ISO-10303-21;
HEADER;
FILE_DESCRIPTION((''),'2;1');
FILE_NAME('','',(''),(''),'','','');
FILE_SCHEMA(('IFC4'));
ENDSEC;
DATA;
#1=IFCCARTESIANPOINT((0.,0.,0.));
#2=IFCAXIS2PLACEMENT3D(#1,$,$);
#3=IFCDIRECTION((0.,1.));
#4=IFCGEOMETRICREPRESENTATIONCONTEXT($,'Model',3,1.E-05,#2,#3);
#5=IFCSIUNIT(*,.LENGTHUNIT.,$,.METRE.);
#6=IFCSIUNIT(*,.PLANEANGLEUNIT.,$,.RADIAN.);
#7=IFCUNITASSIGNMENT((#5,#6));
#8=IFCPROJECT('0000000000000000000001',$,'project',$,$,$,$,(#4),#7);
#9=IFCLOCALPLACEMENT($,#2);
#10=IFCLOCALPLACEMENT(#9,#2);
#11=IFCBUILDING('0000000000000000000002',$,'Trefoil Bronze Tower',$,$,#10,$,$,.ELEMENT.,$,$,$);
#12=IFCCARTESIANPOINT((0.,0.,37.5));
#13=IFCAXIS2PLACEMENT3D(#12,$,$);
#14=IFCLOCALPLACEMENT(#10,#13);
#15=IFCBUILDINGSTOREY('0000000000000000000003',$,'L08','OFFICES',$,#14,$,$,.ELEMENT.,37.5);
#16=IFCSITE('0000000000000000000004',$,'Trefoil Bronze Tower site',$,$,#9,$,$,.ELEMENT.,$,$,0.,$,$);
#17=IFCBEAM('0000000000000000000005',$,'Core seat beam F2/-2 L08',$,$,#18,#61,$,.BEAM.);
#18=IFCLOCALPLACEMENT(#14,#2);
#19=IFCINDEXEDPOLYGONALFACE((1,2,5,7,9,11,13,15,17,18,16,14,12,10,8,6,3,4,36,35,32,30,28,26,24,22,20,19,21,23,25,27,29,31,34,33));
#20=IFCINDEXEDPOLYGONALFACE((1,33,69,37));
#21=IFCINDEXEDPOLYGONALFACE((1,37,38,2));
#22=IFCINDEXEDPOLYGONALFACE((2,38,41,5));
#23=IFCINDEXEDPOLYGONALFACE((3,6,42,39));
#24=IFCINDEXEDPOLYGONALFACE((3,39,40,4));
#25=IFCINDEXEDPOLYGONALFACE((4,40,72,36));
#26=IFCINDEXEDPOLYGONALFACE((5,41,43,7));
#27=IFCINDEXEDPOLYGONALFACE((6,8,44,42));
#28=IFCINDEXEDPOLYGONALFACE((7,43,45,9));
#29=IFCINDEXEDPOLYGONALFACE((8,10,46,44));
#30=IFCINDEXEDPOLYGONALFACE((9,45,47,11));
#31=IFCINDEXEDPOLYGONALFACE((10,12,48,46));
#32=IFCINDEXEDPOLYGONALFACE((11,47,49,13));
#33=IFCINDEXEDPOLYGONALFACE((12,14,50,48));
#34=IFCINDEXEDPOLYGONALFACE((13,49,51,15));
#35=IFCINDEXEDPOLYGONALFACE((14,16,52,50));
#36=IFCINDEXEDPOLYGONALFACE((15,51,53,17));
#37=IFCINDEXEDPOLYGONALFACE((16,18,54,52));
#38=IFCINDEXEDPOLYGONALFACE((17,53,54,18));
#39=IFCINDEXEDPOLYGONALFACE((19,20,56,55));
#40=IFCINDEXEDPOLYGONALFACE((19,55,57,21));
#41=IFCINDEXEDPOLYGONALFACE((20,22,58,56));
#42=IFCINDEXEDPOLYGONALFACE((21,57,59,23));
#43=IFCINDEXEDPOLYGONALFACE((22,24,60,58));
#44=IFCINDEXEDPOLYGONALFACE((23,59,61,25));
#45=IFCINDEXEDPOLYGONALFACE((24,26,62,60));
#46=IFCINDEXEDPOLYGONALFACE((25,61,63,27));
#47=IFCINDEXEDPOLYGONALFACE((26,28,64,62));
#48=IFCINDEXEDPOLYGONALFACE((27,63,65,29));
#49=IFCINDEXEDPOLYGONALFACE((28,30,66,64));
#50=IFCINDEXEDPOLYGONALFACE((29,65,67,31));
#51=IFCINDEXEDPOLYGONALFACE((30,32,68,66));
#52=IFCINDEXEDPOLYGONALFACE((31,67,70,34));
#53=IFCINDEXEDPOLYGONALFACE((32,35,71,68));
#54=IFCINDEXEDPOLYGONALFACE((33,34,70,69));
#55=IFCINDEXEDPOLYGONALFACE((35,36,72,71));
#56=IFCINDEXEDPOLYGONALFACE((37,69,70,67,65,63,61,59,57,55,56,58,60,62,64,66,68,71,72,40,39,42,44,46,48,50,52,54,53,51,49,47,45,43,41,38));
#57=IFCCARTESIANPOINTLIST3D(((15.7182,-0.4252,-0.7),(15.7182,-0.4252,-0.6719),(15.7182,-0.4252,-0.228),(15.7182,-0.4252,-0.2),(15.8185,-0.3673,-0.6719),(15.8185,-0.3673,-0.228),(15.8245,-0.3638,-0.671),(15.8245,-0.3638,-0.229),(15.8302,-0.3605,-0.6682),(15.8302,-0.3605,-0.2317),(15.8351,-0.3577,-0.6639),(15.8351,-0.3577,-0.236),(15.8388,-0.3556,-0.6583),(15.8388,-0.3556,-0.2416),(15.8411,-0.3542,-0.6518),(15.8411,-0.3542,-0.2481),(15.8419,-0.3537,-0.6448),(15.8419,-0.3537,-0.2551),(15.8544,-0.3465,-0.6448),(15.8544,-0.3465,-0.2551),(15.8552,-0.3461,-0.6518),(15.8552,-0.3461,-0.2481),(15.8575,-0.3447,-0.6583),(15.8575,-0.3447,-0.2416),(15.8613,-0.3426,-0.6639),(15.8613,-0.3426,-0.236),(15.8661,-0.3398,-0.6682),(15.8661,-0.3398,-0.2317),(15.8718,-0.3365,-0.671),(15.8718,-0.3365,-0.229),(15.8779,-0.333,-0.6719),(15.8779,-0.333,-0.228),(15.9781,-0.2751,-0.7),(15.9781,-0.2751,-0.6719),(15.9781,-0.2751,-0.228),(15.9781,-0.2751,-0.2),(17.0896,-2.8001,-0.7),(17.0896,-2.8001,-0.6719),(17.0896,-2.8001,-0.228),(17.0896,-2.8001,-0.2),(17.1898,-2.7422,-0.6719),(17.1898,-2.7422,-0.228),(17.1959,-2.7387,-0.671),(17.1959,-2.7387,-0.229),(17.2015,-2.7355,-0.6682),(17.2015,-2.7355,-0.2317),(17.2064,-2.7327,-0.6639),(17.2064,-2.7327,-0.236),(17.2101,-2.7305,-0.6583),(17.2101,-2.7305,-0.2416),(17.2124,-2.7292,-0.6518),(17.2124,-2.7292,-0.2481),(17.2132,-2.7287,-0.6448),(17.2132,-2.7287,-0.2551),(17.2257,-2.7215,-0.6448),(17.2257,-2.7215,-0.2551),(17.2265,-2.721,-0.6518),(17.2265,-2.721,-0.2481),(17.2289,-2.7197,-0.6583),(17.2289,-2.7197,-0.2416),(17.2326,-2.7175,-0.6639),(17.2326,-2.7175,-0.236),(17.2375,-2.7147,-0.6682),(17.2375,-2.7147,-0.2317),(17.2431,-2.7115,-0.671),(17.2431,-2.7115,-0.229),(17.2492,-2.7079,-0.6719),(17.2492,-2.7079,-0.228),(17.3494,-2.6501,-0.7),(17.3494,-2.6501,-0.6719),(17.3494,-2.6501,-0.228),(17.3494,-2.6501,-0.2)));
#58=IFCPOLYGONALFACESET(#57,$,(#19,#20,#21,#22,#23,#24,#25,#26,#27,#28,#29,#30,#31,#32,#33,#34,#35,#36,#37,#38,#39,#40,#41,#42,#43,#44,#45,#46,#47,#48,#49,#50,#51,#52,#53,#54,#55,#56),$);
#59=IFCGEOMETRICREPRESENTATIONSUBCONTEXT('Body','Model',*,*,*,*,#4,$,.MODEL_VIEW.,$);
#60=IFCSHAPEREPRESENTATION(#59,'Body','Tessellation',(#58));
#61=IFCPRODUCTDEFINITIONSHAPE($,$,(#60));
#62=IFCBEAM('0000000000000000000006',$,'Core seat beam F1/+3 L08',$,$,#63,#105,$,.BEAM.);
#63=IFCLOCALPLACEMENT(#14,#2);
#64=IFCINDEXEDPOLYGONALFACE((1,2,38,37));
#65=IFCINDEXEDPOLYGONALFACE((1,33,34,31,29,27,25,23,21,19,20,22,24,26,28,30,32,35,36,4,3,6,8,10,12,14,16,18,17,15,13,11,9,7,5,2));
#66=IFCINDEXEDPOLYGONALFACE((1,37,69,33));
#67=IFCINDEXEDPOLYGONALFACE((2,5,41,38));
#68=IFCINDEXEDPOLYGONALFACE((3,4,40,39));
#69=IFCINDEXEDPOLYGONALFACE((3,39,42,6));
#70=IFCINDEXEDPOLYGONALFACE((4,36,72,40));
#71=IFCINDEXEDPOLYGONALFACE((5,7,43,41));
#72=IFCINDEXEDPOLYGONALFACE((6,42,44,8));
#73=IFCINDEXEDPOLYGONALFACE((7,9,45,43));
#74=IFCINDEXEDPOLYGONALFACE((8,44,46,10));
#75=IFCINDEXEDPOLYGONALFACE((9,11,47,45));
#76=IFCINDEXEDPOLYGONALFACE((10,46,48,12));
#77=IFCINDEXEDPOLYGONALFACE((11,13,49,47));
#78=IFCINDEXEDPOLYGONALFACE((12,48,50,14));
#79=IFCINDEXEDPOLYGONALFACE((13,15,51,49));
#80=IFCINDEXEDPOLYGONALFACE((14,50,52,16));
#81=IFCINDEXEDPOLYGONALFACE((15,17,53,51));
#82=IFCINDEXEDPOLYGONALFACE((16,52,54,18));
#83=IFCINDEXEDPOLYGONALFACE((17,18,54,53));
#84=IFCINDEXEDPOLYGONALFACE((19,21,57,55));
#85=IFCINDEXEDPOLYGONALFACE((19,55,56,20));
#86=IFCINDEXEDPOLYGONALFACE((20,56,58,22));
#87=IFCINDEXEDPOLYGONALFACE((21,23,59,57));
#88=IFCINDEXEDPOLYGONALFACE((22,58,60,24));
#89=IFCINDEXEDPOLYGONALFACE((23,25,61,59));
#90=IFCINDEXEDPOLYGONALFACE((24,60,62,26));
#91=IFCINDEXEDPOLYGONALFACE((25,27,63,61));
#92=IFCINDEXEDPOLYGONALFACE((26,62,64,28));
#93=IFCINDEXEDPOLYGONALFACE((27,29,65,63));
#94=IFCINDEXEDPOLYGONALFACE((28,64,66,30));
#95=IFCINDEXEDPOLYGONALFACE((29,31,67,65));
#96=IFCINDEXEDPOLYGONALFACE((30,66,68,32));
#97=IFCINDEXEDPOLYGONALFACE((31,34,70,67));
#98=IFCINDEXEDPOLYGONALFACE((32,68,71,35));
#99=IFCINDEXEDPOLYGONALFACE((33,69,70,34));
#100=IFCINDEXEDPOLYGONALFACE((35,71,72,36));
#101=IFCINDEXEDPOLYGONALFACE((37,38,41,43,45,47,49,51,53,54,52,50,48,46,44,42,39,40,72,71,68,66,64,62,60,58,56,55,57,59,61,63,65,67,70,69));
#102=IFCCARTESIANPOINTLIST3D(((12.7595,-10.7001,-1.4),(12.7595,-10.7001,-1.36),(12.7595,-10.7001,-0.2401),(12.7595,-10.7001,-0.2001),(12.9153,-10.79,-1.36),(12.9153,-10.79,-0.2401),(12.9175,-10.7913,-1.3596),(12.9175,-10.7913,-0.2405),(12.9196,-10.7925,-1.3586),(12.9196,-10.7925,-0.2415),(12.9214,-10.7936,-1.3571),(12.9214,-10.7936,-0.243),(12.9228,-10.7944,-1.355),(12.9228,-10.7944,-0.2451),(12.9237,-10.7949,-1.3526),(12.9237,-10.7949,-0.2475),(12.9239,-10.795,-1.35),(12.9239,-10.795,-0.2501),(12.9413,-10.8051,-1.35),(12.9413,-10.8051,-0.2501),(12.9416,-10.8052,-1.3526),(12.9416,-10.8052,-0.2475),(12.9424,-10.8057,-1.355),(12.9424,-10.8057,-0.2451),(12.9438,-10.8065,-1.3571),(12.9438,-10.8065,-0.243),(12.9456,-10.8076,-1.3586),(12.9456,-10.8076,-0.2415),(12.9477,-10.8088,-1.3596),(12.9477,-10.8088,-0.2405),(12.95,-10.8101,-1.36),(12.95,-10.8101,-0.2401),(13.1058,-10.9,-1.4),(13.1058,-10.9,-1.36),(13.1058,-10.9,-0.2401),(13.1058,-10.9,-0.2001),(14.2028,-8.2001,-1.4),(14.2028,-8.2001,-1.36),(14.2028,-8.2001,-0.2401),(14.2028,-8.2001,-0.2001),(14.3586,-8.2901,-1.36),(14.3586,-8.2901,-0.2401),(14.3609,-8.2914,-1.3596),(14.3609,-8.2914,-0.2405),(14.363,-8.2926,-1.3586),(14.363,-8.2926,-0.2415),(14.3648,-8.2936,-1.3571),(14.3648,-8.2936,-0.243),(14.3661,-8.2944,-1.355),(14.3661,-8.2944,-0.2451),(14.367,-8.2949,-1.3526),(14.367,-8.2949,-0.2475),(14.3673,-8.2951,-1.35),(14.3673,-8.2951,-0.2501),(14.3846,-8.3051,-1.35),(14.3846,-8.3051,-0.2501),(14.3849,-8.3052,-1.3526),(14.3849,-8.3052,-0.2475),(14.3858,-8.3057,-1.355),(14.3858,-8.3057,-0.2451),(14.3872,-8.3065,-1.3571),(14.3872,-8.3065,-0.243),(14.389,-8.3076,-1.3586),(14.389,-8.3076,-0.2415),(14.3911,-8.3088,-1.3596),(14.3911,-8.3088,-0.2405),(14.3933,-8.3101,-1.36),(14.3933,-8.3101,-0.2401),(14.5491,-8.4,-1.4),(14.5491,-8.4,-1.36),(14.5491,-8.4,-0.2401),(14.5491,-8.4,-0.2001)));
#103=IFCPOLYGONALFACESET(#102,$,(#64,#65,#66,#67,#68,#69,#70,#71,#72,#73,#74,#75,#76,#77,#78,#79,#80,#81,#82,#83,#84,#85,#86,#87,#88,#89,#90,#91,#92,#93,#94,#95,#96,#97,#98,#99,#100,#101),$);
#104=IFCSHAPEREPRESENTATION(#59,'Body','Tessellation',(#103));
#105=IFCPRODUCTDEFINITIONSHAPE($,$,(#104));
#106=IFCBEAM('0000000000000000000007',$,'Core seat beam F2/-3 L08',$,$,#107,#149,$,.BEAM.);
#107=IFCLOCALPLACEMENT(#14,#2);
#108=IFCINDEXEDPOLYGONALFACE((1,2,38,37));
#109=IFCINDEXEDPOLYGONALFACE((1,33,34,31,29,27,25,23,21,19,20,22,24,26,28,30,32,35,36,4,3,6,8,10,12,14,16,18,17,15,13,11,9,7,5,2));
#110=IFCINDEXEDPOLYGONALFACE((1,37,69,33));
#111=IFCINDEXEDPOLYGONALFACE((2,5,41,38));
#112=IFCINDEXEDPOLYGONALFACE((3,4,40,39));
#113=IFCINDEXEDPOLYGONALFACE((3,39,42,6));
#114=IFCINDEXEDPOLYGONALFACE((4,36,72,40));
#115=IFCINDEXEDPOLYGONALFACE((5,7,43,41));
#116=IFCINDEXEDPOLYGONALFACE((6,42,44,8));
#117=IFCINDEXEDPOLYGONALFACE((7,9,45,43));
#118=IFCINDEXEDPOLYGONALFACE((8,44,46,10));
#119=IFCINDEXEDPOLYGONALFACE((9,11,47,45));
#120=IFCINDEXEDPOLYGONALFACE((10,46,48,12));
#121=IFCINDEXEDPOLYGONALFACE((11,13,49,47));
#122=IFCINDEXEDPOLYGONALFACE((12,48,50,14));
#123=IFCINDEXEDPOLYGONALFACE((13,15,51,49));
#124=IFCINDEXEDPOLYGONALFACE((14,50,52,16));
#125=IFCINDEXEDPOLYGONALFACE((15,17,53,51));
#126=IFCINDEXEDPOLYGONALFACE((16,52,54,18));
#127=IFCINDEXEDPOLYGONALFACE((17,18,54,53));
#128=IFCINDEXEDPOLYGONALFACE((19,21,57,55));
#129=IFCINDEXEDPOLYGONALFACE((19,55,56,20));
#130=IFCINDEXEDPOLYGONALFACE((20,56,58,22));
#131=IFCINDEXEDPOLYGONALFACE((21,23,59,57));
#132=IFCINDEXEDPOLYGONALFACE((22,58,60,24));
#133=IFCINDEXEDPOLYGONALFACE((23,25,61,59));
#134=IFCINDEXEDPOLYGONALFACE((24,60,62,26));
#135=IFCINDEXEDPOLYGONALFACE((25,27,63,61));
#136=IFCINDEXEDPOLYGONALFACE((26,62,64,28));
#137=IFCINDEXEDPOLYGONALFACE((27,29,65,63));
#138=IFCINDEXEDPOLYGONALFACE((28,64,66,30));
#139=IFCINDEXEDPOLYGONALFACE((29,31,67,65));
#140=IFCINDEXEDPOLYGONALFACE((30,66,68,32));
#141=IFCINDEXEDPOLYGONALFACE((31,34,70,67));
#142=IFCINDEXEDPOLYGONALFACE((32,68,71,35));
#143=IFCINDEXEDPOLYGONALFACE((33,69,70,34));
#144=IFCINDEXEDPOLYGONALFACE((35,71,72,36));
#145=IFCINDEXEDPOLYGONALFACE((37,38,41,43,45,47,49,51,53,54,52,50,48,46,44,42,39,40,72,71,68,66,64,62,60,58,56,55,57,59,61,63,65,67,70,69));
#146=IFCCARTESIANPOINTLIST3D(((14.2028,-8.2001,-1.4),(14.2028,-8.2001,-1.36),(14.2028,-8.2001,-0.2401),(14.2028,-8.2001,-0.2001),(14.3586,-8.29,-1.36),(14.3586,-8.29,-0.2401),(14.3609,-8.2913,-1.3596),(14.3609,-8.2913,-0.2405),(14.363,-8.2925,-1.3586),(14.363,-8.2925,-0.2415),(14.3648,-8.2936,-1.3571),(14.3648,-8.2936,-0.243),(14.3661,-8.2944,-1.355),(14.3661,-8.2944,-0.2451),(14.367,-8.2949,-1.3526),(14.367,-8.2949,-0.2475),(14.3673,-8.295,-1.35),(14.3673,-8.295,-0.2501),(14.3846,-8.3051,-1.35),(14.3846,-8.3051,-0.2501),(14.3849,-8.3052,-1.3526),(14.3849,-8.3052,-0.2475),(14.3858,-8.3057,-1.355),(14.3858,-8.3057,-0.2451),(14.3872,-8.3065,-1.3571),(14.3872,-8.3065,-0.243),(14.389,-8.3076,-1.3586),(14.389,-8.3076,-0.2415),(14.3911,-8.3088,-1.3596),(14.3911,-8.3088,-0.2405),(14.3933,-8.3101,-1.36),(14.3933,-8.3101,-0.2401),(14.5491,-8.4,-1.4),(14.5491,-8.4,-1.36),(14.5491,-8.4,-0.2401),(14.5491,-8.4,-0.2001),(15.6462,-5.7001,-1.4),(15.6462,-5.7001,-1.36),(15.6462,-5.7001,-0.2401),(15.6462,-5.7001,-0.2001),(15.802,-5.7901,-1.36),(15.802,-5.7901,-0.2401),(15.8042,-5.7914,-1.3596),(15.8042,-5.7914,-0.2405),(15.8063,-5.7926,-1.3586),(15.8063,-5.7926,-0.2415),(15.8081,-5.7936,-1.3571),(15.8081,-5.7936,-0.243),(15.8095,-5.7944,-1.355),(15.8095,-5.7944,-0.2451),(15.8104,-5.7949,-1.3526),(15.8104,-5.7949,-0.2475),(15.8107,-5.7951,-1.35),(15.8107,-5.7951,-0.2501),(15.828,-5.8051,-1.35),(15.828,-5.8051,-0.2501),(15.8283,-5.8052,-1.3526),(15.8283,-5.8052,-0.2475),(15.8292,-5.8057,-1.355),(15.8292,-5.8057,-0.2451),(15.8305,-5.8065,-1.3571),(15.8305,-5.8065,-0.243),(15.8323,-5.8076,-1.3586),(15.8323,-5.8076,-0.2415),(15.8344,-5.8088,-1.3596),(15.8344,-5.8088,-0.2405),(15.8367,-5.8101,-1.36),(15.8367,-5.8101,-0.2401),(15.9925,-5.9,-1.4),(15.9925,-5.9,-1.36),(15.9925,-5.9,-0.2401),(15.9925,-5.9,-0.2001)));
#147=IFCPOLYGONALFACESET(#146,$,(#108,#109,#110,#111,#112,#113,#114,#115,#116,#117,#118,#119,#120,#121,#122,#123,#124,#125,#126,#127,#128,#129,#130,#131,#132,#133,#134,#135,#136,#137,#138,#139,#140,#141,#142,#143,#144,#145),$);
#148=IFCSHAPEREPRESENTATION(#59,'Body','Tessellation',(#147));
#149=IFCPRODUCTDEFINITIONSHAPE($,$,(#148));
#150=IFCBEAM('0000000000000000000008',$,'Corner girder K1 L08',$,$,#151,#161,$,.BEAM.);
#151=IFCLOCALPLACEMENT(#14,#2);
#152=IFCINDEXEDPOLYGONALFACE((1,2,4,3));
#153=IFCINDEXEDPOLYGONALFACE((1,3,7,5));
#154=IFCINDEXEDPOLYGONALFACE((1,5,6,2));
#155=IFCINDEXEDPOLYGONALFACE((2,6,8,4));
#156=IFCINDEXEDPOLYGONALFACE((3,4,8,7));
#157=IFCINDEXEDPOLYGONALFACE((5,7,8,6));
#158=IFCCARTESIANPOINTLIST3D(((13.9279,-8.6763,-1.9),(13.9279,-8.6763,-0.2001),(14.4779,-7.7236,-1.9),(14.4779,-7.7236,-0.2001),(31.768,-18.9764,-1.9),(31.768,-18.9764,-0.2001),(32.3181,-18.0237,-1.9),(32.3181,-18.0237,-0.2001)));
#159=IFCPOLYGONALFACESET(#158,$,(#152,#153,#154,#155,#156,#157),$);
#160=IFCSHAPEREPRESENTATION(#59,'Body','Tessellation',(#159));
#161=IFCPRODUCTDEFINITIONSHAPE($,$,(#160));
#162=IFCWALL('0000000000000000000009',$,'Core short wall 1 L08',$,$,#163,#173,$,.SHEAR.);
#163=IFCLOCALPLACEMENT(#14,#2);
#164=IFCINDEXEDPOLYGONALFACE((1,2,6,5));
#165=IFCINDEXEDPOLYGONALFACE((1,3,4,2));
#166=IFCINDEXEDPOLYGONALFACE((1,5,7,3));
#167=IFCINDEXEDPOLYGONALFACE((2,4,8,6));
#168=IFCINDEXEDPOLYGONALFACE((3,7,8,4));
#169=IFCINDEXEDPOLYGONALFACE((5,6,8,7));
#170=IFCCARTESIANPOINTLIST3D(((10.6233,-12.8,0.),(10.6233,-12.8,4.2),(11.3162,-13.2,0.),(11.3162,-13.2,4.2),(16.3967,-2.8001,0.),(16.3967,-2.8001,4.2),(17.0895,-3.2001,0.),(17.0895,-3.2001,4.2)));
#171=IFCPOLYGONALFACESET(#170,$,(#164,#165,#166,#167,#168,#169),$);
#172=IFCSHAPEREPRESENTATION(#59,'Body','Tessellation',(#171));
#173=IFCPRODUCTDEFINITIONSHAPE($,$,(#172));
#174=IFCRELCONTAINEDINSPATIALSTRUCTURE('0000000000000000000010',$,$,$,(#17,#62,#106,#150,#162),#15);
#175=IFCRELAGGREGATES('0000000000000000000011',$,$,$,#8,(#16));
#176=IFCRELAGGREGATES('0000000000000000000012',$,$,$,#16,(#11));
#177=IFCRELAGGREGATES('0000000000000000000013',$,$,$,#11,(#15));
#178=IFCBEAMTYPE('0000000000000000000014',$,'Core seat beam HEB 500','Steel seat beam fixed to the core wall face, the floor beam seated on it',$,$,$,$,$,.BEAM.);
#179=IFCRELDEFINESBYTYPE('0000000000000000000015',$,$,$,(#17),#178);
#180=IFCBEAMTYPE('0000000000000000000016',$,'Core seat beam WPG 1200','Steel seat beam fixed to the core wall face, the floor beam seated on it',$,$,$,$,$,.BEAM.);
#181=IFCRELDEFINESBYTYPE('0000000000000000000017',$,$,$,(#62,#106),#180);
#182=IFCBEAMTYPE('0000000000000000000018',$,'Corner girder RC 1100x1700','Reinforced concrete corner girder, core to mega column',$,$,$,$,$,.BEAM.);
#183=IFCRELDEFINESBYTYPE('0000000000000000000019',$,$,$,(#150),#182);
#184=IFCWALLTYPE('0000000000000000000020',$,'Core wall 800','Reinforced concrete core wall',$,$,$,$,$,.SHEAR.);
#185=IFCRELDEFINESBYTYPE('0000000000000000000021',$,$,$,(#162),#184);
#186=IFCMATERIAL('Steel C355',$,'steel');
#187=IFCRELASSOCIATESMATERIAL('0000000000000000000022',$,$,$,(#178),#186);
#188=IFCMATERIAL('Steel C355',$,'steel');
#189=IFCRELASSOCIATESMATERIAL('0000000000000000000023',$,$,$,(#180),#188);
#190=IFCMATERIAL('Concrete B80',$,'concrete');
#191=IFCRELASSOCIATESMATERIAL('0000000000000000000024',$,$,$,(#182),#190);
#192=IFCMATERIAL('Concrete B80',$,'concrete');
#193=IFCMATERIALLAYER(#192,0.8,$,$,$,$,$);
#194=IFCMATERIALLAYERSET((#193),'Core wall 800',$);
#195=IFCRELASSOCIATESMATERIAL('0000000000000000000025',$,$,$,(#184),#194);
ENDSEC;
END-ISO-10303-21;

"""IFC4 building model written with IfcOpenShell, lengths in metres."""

from ifc_helpers import new_model, si_unit, direction, frame, frame_2d, origin, origin_2d, place, context, subcontext, project, spatial, rectangle, i_section, extrude, material, layer, layer_set, material_profile, profile_set, type_object, element, save


model = new_model("IFC4")

# Units and contexts
model_context = context("Model", 3, precision=1e-05, world=origin(), true_north=direction((0.0, 1.0)))
body_context = subcontext(model_context, "Body", "Model", "MODEL_VIEW")
ifc_project = project(units=[si_unit("LENGTHUNIT", "METRE"), si_unit("PLANEANGLEUNIT", "RADIAN")], contexts=[model_context])

# Site, building, storey
site_placement = place(None, origin())
site = spatial("IfcSite", under=ifc_project, at=site_placement, Name="Trefoil Bronze Tower site", CompositionType="ELEMENT", RefElevation=0.0)
building_placement = place(site_placement, origin())
building = spatial("IfcBuilding", under=site, at=building_placement, Name="Trefoil Bronze Tower", CompositionType="ELEMENT")
storey_placement = place(building_placement, frame((0.0, 0.0, 37.5)))
storey = spatial("IfcBuildingStorey", under=building, at=storey_placement, Name="L08", Description="OFFICES", CompositionType="ELEMENT", Elevation=37.5)

# Beams
ifc_material_1 = material(Name="Steel C355", Category="steel")
ifc_material_profile_1 = material_profile(ifc_material_1, i_section(OverallWidth=0.3, OverallDepth=0.5, WebThickness=0.0144, FlangeThickness=0.0281, FilletRadius=0.0271, at=origin_2d()), Name="HEB 500")
ifc_profile_set_1 = profile_set([ifc_material_profile_1], Name="Steel C355")
beam_type_1 = type_object("IfcBeamType", Name="Core seat beam HEB 500", Description="Steel seat beam fixed to the core wall face, the floor beam seated on it", PredefinedType="BEAM", material=ifc_profile_set_1)
beam_1_placement = place(storey_placement, frame((17.2195, -2.7251, -0.45), z_axis=(-0.500036, 0.866005, 0.0), x_axis=(-0.866005, -0.500036, 0.0)))
element("IfcBeam", 1, at=beam_1_placement, inside=storey, type_object=beam_type_1, Name="Core seat beam F2/-2 L08", PredefinedType="BEAM", context=body_context, shape_type="SweptSolid", body=[
    extrude(i_section(OverallWidth=0.3, OverallDepth=0.5, WebThickness=0.0144, FlangeThickness=0.0281, FilletRadius=0.0271, at=origin_2d()), origin(), (0.0, 0.0, 1.0), 2.7424),
])
ifc_material_2 = material(Name="Steel C355", Category="steel")
ifc_material_profile_2 = material_profile(ifc_material_2, i_section(OverallWidth=0.3999, OverallDepth=1.2, WebThickness=0.02, FlangeThickness=0.04, FilletRadius=0.01, at=origin_2d()), Name="WPG 1200")
ifc_profile_set_2 = profile_set([ifc_material_profile_2], Name="Steel C355")
beam_type_2 = type_object("IfcBeamType", Name="Core seat beam WPG 1200", Description="Steel seat beam fixed to the core wall face, the floor beam seated on it", PredefinedType="BEAM", material=ifc_profile_set_2)
for number, where, z_axis, x_axis, name in (
    (2, (12.9326, -10.8, -0.8), (0.499996, 0.866028, 0.0), (-0.866028, 0.499996, 0.0), "Core seat beam F1/+3 L08"),
    (3, (14.376, -8.3, -0.8), (0.499996, 0.866028, 0.0), (-0.866028, 0.499996, 0.0), "Core seat beam F2/-3 L08"),
):
    element("IfcBeam", number, at=place(storey_placement, frame(where, z_axis=z_axis, x_axis=x_axis)), inside=storey, type_object=beam_type_2, Name=name, PredefinedType="BEAM", context=body_context, shape_type="SweptSolid", body=[
        extrude(i_section(OverallWidth=0.3999, OverallDepth=1.2, WebThickness=0.02, FlangeThickness=0.04, FilletRadius=0.01, at=origin_2d()), origin(), (0.0, 0.0, 1.0), 2.8867),
    ])
ifc_material_3 = material(Name="Concrete B80", Category="concrete")
ifc_material_profile_3 = material_profile(ifc_material_3, rectangle(XDim=1.1001, YDim=1.7, at=origin_2d()), Name="RC 1100x1700")
ifc_profile_set_3 = profile_set([ifc_material_profile_3], Name="Concrete B80")
beam_type_3 = type_object("IfcBeamType", Name="Corner girder RC 1100x1700", Description="Reinforced concrete corner girder, core to mega column", PredefinedType="BEAM", material=ifc_profile_set_3)
beam_2_placement = place(storey_placement, frame((14.2029, -8.2, -1.05), z_axis=(0.866024, -0.500003, 0.0), x_axis=(0.500003, 0.866024, 0.0)))
element("IfcBeam", 4, at=beam_2_placement, inside=storey, type_object=beam_type_3, Name="Corner girder K1 L08", PredefinedType="BEAM", context=body_context, shape_type="SweptSolid", body=[
    extrude(rectangle(XDim=1.1001, YDim=1.7, at=origin_2d()), origin(), (0.0, 0.0, 1.0), 20.6001),
])

# Wall
ifc_material_4 = material(Name="Concrete B80", Category="concrete")
ifc_layer_1 = layer(ifc_material_4, 0.8)
ifc_layer_set_1 = layer_set([ifc_layer_1], Name="Core wall 800")
wall_type_1 = type_object("IfcWallType", Name="Core wall 800", Description="Reinforced concrete core wall", PredefinedType="SHEAR", material=ifc_layer_set_1)
wall_1_placement = place(storey_placement, frame((10.9697, -13.0, 0.0), z_axis=(0.0, 0.0, 1.0), x_axis=(0.499996, 0.866028, 0.0)))
element("IfcWall", 5, at=wall_1_placement, inside=storey, type_object=wall_type_1, Name="Core short wall 1 L08", PredefinedType="SHEAR", context=body_context, shape_type="SweptSolid", body=[
    extrude(rectangle(XDim=11.5469, YDim=0.8, at=frame_2d((5.7734, 0.0))), origin(), (0.0, 0.0, 1.0), 4.2),
])

save(model, "model.ifc")
